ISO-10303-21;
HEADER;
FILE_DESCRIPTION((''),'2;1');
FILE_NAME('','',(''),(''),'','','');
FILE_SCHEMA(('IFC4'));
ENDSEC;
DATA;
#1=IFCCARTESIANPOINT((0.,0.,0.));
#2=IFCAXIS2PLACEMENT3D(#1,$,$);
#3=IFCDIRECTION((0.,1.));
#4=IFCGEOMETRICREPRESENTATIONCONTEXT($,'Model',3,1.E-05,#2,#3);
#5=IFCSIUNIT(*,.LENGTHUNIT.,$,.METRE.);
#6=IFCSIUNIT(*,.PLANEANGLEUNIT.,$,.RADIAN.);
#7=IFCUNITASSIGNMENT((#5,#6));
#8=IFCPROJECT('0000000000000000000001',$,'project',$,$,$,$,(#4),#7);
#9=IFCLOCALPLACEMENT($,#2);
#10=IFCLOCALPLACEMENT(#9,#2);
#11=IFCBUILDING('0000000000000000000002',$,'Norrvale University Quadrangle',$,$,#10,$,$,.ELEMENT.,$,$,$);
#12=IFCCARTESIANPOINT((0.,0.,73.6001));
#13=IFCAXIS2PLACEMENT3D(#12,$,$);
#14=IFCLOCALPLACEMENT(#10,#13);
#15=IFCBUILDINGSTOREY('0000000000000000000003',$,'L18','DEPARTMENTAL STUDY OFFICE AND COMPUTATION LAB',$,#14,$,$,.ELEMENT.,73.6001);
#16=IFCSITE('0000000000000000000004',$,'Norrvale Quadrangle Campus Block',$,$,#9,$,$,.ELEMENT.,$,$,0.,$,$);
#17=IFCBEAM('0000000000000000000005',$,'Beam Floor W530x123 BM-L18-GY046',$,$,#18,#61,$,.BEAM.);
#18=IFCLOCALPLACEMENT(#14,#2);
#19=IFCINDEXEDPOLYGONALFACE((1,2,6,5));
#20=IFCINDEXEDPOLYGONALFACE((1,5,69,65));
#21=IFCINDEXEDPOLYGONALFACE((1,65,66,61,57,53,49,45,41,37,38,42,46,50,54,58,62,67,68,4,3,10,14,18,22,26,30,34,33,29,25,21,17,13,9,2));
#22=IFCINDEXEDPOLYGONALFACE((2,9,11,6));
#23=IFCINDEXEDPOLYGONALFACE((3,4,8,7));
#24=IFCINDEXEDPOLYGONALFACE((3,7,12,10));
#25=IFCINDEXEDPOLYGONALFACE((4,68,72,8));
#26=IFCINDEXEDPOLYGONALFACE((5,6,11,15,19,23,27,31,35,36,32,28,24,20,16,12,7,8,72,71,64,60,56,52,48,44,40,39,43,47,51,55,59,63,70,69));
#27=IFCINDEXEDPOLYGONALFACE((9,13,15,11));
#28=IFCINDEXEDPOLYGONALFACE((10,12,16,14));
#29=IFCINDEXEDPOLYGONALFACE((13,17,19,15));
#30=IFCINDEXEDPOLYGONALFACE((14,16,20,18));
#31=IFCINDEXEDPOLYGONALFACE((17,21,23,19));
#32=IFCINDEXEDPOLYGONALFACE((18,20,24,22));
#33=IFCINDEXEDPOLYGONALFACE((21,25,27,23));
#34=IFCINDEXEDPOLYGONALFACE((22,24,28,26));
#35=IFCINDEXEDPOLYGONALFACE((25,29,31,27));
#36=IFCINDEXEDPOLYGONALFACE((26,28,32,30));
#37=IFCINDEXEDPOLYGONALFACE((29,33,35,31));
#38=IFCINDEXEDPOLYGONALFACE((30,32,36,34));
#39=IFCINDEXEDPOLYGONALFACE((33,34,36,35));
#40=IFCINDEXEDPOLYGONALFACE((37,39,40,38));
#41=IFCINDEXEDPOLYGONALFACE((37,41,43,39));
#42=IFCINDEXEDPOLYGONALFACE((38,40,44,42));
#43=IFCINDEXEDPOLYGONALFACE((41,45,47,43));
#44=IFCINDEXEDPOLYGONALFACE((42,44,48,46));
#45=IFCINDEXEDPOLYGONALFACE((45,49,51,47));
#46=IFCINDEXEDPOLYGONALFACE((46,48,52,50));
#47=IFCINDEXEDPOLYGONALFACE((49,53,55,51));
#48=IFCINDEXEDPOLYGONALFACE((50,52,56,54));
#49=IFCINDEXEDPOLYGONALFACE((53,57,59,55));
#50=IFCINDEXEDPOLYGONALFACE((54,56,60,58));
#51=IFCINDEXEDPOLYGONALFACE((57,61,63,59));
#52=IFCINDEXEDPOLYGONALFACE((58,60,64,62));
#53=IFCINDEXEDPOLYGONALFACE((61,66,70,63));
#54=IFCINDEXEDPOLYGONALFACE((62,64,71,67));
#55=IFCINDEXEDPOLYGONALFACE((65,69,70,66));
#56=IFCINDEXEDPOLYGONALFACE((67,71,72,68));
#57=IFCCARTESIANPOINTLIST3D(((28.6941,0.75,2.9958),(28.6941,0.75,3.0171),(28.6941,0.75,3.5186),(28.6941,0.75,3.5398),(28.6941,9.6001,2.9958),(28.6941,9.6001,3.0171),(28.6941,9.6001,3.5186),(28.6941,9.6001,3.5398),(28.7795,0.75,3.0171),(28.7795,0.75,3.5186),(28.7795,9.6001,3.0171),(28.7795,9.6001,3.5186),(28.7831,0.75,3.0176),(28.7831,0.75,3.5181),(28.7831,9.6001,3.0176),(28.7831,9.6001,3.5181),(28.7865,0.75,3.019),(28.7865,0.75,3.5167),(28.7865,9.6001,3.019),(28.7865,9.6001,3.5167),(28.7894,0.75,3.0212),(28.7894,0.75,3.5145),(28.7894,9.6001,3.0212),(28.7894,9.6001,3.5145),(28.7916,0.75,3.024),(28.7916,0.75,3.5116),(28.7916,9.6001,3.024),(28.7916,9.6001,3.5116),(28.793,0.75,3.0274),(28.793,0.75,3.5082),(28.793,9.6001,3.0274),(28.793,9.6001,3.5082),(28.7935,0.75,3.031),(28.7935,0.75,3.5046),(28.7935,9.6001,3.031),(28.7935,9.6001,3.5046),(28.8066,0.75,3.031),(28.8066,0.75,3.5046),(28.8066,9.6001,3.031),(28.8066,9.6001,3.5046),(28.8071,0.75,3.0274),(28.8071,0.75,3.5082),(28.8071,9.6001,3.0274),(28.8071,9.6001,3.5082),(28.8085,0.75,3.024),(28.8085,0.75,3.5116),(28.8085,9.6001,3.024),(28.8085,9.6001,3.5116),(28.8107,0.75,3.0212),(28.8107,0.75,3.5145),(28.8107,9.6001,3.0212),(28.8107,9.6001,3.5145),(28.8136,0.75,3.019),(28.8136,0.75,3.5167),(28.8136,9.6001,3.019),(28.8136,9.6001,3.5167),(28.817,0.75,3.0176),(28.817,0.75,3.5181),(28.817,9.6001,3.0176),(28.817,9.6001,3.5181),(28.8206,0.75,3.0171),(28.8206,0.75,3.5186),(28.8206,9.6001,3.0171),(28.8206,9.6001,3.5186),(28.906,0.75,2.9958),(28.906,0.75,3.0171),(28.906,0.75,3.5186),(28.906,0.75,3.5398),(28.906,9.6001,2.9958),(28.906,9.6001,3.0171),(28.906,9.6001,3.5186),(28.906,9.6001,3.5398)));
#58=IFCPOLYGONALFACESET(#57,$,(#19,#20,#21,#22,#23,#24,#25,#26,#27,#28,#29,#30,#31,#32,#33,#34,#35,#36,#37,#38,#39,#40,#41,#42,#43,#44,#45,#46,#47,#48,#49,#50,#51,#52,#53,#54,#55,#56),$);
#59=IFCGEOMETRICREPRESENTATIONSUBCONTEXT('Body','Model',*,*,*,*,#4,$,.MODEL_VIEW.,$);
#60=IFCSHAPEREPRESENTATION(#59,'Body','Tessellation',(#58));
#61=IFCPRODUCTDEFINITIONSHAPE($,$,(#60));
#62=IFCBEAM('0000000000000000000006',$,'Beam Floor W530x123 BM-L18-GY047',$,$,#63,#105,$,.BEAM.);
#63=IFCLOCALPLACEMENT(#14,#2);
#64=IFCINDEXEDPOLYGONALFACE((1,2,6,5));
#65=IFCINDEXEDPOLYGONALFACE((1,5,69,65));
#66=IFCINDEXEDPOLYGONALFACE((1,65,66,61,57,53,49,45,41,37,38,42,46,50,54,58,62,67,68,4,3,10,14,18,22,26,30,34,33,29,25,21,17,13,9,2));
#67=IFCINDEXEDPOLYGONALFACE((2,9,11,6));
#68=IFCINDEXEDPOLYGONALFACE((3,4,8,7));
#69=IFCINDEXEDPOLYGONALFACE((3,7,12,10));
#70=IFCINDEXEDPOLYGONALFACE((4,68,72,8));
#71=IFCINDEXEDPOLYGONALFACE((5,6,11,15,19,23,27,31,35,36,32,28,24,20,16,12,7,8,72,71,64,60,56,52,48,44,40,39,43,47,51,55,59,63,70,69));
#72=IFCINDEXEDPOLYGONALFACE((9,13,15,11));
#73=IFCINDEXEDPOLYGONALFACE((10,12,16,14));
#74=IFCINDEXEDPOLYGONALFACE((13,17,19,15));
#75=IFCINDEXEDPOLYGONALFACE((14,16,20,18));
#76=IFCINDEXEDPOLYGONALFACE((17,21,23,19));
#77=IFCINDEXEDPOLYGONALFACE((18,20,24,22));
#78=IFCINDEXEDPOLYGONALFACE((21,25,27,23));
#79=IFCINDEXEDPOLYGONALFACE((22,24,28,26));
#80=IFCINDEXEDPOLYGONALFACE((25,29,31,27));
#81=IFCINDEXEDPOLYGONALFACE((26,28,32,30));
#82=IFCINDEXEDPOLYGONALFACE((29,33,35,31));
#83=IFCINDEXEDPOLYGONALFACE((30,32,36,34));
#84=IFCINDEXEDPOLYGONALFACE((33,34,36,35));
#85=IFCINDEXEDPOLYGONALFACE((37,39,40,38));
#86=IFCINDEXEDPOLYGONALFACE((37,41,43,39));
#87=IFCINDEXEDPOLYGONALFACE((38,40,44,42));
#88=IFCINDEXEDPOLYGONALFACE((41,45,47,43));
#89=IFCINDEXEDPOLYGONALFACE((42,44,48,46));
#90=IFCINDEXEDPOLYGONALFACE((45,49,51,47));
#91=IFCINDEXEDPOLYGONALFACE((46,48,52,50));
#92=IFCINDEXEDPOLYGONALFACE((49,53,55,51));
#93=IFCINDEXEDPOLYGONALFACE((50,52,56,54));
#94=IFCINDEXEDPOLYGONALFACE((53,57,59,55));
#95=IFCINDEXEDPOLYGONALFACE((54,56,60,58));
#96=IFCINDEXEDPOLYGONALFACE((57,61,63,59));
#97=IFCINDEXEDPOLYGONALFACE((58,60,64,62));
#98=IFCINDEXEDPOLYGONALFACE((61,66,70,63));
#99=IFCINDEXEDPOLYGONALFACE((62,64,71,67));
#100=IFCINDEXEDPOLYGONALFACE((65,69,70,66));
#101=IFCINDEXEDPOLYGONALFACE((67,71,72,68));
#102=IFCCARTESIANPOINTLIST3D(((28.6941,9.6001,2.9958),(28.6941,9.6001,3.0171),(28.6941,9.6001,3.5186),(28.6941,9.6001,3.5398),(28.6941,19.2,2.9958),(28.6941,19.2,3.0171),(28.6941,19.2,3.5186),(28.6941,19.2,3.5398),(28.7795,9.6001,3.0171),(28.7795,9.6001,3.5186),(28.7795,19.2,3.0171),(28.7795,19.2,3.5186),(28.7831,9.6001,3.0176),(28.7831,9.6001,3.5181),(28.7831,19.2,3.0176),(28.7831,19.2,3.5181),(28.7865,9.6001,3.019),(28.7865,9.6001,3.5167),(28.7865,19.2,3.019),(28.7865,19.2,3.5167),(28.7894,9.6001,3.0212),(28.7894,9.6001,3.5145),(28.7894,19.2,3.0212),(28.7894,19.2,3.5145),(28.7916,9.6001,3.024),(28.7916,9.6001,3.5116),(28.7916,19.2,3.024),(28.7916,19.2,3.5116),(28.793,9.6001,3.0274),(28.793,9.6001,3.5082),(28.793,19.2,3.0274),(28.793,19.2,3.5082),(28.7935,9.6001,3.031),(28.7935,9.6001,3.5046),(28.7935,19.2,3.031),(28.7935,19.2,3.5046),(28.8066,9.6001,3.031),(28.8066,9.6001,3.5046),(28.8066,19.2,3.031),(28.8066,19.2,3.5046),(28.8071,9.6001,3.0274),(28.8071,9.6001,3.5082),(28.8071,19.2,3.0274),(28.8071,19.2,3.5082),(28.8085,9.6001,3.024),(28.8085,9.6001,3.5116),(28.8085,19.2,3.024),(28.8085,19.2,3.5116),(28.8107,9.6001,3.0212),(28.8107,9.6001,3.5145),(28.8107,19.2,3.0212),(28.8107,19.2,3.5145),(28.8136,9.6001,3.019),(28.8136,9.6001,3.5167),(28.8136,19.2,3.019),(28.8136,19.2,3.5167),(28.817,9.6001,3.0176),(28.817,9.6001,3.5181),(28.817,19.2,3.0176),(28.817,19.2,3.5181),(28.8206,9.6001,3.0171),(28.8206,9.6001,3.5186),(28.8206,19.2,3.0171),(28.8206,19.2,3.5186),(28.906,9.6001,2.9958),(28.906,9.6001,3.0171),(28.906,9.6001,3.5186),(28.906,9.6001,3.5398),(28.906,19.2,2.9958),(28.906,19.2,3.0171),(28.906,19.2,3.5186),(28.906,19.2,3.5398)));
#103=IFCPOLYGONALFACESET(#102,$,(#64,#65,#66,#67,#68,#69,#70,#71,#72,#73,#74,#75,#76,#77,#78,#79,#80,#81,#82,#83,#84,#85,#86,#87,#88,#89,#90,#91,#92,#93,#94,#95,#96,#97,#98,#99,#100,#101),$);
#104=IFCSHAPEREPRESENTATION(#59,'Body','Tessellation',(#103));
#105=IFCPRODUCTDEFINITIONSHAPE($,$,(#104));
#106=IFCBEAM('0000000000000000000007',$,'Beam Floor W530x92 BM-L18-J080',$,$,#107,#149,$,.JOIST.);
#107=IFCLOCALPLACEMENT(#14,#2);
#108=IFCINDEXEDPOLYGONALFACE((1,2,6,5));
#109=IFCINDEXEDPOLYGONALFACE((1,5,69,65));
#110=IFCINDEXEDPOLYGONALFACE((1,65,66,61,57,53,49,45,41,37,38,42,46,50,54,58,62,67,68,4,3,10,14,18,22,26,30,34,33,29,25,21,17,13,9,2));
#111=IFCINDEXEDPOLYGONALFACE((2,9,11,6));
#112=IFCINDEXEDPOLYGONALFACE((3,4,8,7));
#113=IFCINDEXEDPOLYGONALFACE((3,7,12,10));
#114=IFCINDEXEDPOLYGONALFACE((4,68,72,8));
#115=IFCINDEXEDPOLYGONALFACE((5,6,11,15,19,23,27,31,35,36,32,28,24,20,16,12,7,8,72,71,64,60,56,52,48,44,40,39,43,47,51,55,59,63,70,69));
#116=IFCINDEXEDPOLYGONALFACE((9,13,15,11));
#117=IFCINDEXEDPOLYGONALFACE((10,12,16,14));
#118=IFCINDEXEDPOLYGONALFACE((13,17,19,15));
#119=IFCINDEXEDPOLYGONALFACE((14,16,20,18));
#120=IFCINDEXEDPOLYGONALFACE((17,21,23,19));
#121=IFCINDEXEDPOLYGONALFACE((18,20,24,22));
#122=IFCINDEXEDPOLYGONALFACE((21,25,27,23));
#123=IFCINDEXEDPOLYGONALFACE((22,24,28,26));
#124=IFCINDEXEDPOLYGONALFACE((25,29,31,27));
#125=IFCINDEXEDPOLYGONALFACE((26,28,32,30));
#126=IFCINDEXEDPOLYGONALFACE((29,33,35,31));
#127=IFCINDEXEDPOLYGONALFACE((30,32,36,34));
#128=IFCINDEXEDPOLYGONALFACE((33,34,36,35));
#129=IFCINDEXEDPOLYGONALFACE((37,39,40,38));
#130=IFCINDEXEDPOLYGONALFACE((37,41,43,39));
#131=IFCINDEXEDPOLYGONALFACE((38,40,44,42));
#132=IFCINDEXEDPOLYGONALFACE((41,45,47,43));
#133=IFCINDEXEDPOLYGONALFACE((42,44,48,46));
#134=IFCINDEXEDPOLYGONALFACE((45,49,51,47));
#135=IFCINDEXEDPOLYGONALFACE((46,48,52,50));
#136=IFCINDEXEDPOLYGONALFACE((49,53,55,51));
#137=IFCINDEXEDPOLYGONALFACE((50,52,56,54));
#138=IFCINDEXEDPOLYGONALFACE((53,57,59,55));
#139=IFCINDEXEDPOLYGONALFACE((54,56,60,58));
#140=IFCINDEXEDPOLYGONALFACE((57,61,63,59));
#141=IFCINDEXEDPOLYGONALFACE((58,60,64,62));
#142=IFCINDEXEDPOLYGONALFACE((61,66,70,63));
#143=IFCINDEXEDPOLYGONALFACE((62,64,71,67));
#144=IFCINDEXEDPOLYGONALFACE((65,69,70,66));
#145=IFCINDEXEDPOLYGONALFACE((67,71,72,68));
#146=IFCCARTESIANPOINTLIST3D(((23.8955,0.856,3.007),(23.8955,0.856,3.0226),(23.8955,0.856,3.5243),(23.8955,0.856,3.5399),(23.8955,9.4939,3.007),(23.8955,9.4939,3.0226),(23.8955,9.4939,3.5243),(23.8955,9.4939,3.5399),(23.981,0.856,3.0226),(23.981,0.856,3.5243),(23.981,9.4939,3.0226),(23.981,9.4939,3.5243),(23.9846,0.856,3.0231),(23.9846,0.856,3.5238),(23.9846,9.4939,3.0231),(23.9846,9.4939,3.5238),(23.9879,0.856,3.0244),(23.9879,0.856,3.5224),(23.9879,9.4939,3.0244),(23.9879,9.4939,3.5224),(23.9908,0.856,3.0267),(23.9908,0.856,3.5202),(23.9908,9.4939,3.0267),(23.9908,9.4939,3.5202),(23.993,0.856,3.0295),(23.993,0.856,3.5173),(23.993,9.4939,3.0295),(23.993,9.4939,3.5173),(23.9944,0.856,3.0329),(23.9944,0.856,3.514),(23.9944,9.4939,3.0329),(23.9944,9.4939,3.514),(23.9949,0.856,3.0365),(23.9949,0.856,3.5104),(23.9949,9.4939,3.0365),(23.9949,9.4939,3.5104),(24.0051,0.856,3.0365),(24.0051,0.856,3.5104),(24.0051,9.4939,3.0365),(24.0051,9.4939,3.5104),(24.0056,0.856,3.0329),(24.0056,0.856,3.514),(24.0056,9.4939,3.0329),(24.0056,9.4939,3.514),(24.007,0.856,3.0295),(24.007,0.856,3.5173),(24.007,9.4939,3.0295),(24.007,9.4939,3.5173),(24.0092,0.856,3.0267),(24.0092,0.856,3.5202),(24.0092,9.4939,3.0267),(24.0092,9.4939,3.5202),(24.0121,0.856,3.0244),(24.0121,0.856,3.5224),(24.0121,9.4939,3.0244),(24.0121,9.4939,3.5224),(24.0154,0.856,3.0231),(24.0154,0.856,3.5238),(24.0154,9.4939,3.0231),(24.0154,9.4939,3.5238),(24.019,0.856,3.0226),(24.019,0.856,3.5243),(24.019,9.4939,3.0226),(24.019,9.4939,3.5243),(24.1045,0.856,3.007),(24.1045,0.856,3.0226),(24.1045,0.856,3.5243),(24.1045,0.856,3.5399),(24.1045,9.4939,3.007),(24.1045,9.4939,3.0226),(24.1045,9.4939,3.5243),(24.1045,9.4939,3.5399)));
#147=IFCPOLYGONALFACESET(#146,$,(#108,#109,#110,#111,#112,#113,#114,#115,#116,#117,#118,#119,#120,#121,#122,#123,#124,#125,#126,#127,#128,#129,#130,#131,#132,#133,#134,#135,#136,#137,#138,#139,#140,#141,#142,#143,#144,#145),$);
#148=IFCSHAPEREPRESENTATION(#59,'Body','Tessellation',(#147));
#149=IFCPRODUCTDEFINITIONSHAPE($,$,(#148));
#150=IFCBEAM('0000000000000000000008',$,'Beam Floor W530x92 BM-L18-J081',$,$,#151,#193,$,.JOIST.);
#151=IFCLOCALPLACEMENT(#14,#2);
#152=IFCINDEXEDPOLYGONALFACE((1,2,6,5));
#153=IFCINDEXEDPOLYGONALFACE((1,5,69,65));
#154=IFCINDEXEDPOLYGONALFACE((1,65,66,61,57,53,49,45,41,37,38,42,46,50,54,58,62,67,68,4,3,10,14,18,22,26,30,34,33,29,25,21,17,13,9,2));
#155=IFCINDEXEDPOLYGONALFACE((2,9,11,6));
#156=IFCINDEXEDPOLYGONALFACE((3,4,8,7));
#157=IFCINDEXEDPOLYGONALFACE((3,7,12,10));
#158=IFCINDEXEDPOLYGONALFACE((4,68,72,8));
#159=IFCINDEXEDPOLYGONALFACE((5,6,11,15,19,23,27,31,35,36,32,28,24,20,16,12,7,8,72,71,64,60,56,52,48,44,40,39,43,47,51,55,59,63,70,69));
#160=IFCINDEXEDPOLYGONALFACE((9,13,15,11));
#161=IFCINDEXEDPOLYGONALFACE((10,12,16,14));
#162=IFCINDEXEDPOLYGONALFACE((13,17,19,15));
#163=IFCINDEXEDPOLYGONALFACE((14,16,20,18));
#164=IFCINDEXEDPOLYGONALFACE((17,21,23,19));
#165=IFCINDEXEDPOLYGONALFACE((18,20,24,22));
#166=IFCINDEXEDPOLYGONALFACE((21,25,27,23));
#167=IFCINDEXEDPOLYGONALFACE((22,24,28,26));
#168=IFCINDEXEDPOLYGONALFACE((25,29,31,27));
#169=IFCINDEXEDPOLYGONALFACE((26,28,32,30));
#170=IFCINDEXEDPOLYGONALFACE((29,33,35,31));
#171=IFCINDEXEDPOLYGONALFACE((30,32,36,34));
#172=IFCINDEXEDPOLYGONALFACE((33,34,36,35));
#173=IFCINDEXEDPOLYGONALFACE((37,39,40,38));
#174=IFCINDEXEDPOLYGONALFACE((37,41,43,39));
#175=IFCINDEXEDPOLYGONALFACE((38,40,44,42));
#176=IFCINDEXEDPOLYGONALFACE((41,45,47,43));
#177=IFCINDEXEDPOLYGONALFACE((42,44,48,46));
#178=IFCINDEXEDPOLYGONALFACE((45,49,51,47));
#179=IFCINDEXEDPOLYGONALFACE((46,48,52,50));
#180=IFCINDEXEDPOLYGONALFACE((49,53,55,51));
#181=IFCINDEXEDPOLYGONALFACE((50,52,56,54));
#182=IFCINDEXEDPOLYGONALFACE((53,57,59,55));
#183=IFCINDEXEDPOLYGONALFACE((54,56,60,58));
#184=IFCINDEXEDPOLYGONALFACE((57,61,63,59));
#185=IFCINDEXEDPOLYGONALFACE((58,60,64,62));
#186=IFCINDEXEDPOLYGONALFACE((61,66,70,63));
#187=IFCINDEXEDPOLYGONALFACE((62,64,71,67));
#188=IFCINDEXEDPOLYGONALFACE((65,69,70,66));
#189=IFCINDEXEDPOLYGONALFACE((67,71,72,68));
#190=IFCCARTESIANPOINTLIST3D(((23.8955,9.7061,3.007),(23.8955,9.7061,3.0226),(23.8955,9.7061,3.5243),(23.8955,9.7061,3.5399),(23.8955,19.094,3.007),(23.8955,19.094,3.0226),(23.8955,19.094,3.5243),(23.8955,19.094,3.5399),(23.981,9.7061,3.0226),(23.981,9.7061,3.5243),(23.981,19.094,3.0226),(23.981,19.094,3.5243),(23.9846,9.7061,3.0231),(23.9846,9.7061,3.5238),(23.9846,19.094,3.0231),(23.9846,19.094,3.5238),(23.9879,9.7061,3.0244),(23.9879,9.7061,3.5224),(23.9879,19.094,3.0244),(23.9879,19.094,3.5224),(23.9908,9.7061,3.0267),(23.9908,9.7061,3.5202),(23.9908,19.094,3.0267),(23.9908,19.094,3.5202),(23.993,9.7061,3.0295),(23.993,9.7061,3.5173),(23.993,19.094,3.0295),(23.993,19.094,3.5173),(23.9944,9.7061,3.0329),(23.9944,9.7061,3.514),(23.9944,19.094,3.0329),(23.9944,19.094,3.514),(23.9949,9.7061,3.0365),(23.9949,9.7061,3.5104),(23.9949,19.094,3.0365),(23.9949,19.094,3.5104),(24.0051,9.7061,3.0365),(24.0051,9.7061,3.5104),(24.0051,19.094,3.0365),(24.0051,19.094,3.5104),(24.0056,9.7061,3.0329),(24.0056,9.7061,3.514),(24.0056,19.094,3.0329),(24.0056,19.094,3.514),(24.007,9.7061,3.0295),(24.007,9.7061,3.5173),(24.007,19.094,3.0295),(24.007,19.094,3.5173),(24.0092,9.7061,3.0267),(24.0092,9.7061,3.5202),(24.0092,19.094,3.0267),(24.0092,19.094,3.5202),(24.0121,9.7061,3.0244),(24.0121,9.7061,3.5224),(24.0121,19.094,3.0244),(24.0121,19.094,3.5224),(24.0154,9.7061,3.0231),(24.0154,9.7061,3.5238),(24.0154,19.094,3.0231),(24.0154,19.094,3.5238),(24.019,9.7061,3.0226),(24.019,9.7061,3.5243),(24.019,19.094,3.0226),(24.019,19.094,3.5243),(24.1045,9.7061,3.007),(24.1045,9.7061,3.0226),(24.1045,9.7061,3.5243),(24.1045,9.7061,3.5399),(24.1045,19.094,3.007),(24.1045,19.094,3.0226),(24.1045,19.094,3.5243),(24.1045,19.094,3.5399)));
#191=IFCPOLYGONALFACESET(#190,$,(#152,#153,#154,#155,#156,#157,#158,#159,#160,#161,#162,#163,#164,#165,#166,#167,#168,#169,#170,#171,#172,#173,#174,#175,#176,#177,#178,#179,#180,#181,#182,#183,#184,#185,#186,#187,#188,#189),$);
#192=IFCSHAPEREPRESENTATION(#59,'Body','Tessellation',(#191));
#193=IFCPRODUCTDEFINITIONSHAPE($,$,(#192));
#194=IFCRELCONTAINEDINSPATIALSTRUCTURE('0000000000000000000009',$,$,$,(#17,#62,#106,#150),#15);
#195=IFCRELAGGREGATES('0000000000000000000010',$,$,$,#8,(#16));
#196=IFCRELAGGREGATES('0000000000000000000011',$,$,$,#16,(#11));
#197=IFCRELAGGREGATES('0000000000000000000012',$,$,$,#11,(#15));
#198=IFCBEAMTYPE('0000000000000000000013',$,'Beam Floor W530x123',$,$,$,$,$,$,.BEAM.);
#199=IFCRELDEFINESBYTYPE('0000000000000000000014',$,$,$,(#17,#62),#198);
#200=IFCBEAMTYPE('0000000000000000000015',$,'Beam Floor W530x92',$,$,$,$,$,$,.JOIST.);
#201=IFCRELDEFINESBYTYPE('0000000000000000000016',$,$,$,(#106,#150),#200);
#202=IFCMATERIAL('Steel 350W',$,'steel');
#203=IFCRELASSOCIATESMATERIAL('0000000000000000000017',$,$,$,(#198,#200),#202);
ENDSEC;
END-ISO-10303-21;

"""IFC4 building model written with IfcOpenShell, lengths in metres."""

from ifc_helpers import new_model, si_unit, direction, frame, origin, origin_2d, place, context, subcontext, project, spatial, i_section, extrude, material, material_profile, profile_set, type_object, element, save


model = new_model("IFC4")

# Units and contexts
model_context = context("Model", 3, precision=1e-05, world=origin(), true_north=direction((0.0, 1.0)))
body_context = subcontext(model_context, "Body", "Model", "MODEL_VIEW")
ifc_project = project(units=[si_unit("LENGTHUNIT", "METRE"), si_unit("PLANEANGLEUNIT", "RADIAN")], contexts=[model_context])

# Site, building, storey
site_placement = place(None, origin())
site = spatial("IfcSite", under=ifc_project, at=site_placement, Name="Norrvale Quadrangle Campus Block", CompositionType="ELEMENT", RefElevation=0.0)
building_placement = place(site_placement, origin())
building = spatial("IfcBuilding", under=site, at=building_placement, Name="Norrvale University Quadrangle", CompositionType="ELEMENT")
storey_placement = place(building_placement, frame((0.0, 0.0, 73.6001)))
storey = spatial("IfcBuildingStorey", under=building, at=storey_placement, Name="L18", Description="DEPARTMENTAL STUDY OFFICE AND COMPUTATION LAB", CompositionType="ELEMENT", Elevation=73.6001)

# Beams
ifc_material_1 = material(Name="Steel 350W", Category="steel")
ifc_material_profile_1 = material_profile(ifc_material_1, i_section(OverallWidth=0.2119, OverallDepth=0.5439, WebThickness=0.0132, FlangeThickness=0.0212, FilletRadius=0.0139, at=origin_2d()), Name="Steel 350W")
ifc_profile_set_1 = profile_set([ifc_material_profile_1], Name="Steel 350W")
beam_type_1 = type_object("IfcBeamType", Name="Beam Floor W530x123", PredefinedType="BEAM", material=ifc_profile_set_1)
beam_1_placement = place(storey_placement, frame((28.8, 0.75, 3.2678), z_axis=(0.0, 1.0, 0.0), x_axis=(-1.0, 0.0, 0.0)))
element("IfcBeam", 1, at=beam_1_placement, inside=storey, type_object=beam_type_1, Name="Beam Floor W530x123 BM-L18-GY046", PredefinedType="BEAM", context=body_context, shape_type="SweptSolid", body=[
    extrude(i_section(OverallWidth=0.2119, OverallDepth=0.5439, WebThickness=0.0132, FlangeThickness=0.0212, FilletRadius=0.0139, at=origin_2d()), origin(), (0.0, 0.0, 1.0), 8.8501),
])
beam_2_placement = place(storey_placement, frame((28.8, 9.6001, 3.2678), z_axis=(0.0, 1.0, 0.0), x_axis=(-1.0, 0.0, 0.0)))
element("IfcBeam", 2, at=beam_2_placement, inside=storey, type_object=beam_type_1, Name="Beam Floor W530x123 BM-L18-GY047", PredefinedType="BEAM", context=body_context, shape_type="SweptSolid", body=[
    extrude(i_section(OverallWidth=0.2119, OverallDepth=0.5439, WebThickness=0.0132, FlangeThickness=0.0212, FilletRadius=0.0139, at=origin_2d()), origin(), (0.0, 0.0, 1.0), 9.5999),
])
ifc_material_profile_2 = material_profile(ifc_material_1, i_section(OverallWidth=0.209, OverallDepth=0.533, WebThickness=0.0103, FlangeThickness=0.0156, FilletRadius=0.0139, at=origin_2d()), Name="Steel 350W")
ifc_profile_set_2 = profile_set([ifc_material_profile_2], Name="Steel 350W")
beam_type_2 = type_object("IfcBeamType", Name="Beam Floor W530x92", PredefinedType="JOIST", material=ifc_profile_set_2)
beam_3_placement = place(storey_placement, frame((24.0, 0.856, 3.2734), z_axis=(0.0, 1.0, 0.0), x_axis=(-1.0, 0.0, 0.0)))
element("IfcBeam", 3, at=beam_3_placement, inside=storey, type_object=beam_type_2, Name="Beam Floor W530x92 BM-L18-J080", PredefinedType="JOIST", context=body_context, shape_type="SweptSolid", body=[
    extrude(i_section(OverallWidth=0.209, OverallDepth=0.533, WebThickness=0.0103, FlangeThickness=0.0156, FilletRadius=0.0139, at=origin_2d()), origin(), (0.0, 0.0, 1.0), 8.6379),
])
beam_4_placement = place(storey_placement, frame((24.0, 9.7061, 3.2734), z_axis=(0.0, 1.0, 0.0), x_axis=(-1.0, 0.0, 0.0)))
element("IfcBeam", 4, at=beam_4_placement, inside=storey, type_object=beam_type_2, Name="Beam Floor W530x92 BM-L18-J081", PredefinedType="JOIST", context=body_context, shape_type="SweptSolid", body=[
    extrude(i_section(OverallWidth=0.209, OverallDepth=0.533, WebThickness=0.0103, FlangeThickness=0.0156, FilletRadius=0.0139, at=origin_2d()), origin(), (0.0, 0.0, 1.0), 9.3879),
])

save(model, "model.ifc")
